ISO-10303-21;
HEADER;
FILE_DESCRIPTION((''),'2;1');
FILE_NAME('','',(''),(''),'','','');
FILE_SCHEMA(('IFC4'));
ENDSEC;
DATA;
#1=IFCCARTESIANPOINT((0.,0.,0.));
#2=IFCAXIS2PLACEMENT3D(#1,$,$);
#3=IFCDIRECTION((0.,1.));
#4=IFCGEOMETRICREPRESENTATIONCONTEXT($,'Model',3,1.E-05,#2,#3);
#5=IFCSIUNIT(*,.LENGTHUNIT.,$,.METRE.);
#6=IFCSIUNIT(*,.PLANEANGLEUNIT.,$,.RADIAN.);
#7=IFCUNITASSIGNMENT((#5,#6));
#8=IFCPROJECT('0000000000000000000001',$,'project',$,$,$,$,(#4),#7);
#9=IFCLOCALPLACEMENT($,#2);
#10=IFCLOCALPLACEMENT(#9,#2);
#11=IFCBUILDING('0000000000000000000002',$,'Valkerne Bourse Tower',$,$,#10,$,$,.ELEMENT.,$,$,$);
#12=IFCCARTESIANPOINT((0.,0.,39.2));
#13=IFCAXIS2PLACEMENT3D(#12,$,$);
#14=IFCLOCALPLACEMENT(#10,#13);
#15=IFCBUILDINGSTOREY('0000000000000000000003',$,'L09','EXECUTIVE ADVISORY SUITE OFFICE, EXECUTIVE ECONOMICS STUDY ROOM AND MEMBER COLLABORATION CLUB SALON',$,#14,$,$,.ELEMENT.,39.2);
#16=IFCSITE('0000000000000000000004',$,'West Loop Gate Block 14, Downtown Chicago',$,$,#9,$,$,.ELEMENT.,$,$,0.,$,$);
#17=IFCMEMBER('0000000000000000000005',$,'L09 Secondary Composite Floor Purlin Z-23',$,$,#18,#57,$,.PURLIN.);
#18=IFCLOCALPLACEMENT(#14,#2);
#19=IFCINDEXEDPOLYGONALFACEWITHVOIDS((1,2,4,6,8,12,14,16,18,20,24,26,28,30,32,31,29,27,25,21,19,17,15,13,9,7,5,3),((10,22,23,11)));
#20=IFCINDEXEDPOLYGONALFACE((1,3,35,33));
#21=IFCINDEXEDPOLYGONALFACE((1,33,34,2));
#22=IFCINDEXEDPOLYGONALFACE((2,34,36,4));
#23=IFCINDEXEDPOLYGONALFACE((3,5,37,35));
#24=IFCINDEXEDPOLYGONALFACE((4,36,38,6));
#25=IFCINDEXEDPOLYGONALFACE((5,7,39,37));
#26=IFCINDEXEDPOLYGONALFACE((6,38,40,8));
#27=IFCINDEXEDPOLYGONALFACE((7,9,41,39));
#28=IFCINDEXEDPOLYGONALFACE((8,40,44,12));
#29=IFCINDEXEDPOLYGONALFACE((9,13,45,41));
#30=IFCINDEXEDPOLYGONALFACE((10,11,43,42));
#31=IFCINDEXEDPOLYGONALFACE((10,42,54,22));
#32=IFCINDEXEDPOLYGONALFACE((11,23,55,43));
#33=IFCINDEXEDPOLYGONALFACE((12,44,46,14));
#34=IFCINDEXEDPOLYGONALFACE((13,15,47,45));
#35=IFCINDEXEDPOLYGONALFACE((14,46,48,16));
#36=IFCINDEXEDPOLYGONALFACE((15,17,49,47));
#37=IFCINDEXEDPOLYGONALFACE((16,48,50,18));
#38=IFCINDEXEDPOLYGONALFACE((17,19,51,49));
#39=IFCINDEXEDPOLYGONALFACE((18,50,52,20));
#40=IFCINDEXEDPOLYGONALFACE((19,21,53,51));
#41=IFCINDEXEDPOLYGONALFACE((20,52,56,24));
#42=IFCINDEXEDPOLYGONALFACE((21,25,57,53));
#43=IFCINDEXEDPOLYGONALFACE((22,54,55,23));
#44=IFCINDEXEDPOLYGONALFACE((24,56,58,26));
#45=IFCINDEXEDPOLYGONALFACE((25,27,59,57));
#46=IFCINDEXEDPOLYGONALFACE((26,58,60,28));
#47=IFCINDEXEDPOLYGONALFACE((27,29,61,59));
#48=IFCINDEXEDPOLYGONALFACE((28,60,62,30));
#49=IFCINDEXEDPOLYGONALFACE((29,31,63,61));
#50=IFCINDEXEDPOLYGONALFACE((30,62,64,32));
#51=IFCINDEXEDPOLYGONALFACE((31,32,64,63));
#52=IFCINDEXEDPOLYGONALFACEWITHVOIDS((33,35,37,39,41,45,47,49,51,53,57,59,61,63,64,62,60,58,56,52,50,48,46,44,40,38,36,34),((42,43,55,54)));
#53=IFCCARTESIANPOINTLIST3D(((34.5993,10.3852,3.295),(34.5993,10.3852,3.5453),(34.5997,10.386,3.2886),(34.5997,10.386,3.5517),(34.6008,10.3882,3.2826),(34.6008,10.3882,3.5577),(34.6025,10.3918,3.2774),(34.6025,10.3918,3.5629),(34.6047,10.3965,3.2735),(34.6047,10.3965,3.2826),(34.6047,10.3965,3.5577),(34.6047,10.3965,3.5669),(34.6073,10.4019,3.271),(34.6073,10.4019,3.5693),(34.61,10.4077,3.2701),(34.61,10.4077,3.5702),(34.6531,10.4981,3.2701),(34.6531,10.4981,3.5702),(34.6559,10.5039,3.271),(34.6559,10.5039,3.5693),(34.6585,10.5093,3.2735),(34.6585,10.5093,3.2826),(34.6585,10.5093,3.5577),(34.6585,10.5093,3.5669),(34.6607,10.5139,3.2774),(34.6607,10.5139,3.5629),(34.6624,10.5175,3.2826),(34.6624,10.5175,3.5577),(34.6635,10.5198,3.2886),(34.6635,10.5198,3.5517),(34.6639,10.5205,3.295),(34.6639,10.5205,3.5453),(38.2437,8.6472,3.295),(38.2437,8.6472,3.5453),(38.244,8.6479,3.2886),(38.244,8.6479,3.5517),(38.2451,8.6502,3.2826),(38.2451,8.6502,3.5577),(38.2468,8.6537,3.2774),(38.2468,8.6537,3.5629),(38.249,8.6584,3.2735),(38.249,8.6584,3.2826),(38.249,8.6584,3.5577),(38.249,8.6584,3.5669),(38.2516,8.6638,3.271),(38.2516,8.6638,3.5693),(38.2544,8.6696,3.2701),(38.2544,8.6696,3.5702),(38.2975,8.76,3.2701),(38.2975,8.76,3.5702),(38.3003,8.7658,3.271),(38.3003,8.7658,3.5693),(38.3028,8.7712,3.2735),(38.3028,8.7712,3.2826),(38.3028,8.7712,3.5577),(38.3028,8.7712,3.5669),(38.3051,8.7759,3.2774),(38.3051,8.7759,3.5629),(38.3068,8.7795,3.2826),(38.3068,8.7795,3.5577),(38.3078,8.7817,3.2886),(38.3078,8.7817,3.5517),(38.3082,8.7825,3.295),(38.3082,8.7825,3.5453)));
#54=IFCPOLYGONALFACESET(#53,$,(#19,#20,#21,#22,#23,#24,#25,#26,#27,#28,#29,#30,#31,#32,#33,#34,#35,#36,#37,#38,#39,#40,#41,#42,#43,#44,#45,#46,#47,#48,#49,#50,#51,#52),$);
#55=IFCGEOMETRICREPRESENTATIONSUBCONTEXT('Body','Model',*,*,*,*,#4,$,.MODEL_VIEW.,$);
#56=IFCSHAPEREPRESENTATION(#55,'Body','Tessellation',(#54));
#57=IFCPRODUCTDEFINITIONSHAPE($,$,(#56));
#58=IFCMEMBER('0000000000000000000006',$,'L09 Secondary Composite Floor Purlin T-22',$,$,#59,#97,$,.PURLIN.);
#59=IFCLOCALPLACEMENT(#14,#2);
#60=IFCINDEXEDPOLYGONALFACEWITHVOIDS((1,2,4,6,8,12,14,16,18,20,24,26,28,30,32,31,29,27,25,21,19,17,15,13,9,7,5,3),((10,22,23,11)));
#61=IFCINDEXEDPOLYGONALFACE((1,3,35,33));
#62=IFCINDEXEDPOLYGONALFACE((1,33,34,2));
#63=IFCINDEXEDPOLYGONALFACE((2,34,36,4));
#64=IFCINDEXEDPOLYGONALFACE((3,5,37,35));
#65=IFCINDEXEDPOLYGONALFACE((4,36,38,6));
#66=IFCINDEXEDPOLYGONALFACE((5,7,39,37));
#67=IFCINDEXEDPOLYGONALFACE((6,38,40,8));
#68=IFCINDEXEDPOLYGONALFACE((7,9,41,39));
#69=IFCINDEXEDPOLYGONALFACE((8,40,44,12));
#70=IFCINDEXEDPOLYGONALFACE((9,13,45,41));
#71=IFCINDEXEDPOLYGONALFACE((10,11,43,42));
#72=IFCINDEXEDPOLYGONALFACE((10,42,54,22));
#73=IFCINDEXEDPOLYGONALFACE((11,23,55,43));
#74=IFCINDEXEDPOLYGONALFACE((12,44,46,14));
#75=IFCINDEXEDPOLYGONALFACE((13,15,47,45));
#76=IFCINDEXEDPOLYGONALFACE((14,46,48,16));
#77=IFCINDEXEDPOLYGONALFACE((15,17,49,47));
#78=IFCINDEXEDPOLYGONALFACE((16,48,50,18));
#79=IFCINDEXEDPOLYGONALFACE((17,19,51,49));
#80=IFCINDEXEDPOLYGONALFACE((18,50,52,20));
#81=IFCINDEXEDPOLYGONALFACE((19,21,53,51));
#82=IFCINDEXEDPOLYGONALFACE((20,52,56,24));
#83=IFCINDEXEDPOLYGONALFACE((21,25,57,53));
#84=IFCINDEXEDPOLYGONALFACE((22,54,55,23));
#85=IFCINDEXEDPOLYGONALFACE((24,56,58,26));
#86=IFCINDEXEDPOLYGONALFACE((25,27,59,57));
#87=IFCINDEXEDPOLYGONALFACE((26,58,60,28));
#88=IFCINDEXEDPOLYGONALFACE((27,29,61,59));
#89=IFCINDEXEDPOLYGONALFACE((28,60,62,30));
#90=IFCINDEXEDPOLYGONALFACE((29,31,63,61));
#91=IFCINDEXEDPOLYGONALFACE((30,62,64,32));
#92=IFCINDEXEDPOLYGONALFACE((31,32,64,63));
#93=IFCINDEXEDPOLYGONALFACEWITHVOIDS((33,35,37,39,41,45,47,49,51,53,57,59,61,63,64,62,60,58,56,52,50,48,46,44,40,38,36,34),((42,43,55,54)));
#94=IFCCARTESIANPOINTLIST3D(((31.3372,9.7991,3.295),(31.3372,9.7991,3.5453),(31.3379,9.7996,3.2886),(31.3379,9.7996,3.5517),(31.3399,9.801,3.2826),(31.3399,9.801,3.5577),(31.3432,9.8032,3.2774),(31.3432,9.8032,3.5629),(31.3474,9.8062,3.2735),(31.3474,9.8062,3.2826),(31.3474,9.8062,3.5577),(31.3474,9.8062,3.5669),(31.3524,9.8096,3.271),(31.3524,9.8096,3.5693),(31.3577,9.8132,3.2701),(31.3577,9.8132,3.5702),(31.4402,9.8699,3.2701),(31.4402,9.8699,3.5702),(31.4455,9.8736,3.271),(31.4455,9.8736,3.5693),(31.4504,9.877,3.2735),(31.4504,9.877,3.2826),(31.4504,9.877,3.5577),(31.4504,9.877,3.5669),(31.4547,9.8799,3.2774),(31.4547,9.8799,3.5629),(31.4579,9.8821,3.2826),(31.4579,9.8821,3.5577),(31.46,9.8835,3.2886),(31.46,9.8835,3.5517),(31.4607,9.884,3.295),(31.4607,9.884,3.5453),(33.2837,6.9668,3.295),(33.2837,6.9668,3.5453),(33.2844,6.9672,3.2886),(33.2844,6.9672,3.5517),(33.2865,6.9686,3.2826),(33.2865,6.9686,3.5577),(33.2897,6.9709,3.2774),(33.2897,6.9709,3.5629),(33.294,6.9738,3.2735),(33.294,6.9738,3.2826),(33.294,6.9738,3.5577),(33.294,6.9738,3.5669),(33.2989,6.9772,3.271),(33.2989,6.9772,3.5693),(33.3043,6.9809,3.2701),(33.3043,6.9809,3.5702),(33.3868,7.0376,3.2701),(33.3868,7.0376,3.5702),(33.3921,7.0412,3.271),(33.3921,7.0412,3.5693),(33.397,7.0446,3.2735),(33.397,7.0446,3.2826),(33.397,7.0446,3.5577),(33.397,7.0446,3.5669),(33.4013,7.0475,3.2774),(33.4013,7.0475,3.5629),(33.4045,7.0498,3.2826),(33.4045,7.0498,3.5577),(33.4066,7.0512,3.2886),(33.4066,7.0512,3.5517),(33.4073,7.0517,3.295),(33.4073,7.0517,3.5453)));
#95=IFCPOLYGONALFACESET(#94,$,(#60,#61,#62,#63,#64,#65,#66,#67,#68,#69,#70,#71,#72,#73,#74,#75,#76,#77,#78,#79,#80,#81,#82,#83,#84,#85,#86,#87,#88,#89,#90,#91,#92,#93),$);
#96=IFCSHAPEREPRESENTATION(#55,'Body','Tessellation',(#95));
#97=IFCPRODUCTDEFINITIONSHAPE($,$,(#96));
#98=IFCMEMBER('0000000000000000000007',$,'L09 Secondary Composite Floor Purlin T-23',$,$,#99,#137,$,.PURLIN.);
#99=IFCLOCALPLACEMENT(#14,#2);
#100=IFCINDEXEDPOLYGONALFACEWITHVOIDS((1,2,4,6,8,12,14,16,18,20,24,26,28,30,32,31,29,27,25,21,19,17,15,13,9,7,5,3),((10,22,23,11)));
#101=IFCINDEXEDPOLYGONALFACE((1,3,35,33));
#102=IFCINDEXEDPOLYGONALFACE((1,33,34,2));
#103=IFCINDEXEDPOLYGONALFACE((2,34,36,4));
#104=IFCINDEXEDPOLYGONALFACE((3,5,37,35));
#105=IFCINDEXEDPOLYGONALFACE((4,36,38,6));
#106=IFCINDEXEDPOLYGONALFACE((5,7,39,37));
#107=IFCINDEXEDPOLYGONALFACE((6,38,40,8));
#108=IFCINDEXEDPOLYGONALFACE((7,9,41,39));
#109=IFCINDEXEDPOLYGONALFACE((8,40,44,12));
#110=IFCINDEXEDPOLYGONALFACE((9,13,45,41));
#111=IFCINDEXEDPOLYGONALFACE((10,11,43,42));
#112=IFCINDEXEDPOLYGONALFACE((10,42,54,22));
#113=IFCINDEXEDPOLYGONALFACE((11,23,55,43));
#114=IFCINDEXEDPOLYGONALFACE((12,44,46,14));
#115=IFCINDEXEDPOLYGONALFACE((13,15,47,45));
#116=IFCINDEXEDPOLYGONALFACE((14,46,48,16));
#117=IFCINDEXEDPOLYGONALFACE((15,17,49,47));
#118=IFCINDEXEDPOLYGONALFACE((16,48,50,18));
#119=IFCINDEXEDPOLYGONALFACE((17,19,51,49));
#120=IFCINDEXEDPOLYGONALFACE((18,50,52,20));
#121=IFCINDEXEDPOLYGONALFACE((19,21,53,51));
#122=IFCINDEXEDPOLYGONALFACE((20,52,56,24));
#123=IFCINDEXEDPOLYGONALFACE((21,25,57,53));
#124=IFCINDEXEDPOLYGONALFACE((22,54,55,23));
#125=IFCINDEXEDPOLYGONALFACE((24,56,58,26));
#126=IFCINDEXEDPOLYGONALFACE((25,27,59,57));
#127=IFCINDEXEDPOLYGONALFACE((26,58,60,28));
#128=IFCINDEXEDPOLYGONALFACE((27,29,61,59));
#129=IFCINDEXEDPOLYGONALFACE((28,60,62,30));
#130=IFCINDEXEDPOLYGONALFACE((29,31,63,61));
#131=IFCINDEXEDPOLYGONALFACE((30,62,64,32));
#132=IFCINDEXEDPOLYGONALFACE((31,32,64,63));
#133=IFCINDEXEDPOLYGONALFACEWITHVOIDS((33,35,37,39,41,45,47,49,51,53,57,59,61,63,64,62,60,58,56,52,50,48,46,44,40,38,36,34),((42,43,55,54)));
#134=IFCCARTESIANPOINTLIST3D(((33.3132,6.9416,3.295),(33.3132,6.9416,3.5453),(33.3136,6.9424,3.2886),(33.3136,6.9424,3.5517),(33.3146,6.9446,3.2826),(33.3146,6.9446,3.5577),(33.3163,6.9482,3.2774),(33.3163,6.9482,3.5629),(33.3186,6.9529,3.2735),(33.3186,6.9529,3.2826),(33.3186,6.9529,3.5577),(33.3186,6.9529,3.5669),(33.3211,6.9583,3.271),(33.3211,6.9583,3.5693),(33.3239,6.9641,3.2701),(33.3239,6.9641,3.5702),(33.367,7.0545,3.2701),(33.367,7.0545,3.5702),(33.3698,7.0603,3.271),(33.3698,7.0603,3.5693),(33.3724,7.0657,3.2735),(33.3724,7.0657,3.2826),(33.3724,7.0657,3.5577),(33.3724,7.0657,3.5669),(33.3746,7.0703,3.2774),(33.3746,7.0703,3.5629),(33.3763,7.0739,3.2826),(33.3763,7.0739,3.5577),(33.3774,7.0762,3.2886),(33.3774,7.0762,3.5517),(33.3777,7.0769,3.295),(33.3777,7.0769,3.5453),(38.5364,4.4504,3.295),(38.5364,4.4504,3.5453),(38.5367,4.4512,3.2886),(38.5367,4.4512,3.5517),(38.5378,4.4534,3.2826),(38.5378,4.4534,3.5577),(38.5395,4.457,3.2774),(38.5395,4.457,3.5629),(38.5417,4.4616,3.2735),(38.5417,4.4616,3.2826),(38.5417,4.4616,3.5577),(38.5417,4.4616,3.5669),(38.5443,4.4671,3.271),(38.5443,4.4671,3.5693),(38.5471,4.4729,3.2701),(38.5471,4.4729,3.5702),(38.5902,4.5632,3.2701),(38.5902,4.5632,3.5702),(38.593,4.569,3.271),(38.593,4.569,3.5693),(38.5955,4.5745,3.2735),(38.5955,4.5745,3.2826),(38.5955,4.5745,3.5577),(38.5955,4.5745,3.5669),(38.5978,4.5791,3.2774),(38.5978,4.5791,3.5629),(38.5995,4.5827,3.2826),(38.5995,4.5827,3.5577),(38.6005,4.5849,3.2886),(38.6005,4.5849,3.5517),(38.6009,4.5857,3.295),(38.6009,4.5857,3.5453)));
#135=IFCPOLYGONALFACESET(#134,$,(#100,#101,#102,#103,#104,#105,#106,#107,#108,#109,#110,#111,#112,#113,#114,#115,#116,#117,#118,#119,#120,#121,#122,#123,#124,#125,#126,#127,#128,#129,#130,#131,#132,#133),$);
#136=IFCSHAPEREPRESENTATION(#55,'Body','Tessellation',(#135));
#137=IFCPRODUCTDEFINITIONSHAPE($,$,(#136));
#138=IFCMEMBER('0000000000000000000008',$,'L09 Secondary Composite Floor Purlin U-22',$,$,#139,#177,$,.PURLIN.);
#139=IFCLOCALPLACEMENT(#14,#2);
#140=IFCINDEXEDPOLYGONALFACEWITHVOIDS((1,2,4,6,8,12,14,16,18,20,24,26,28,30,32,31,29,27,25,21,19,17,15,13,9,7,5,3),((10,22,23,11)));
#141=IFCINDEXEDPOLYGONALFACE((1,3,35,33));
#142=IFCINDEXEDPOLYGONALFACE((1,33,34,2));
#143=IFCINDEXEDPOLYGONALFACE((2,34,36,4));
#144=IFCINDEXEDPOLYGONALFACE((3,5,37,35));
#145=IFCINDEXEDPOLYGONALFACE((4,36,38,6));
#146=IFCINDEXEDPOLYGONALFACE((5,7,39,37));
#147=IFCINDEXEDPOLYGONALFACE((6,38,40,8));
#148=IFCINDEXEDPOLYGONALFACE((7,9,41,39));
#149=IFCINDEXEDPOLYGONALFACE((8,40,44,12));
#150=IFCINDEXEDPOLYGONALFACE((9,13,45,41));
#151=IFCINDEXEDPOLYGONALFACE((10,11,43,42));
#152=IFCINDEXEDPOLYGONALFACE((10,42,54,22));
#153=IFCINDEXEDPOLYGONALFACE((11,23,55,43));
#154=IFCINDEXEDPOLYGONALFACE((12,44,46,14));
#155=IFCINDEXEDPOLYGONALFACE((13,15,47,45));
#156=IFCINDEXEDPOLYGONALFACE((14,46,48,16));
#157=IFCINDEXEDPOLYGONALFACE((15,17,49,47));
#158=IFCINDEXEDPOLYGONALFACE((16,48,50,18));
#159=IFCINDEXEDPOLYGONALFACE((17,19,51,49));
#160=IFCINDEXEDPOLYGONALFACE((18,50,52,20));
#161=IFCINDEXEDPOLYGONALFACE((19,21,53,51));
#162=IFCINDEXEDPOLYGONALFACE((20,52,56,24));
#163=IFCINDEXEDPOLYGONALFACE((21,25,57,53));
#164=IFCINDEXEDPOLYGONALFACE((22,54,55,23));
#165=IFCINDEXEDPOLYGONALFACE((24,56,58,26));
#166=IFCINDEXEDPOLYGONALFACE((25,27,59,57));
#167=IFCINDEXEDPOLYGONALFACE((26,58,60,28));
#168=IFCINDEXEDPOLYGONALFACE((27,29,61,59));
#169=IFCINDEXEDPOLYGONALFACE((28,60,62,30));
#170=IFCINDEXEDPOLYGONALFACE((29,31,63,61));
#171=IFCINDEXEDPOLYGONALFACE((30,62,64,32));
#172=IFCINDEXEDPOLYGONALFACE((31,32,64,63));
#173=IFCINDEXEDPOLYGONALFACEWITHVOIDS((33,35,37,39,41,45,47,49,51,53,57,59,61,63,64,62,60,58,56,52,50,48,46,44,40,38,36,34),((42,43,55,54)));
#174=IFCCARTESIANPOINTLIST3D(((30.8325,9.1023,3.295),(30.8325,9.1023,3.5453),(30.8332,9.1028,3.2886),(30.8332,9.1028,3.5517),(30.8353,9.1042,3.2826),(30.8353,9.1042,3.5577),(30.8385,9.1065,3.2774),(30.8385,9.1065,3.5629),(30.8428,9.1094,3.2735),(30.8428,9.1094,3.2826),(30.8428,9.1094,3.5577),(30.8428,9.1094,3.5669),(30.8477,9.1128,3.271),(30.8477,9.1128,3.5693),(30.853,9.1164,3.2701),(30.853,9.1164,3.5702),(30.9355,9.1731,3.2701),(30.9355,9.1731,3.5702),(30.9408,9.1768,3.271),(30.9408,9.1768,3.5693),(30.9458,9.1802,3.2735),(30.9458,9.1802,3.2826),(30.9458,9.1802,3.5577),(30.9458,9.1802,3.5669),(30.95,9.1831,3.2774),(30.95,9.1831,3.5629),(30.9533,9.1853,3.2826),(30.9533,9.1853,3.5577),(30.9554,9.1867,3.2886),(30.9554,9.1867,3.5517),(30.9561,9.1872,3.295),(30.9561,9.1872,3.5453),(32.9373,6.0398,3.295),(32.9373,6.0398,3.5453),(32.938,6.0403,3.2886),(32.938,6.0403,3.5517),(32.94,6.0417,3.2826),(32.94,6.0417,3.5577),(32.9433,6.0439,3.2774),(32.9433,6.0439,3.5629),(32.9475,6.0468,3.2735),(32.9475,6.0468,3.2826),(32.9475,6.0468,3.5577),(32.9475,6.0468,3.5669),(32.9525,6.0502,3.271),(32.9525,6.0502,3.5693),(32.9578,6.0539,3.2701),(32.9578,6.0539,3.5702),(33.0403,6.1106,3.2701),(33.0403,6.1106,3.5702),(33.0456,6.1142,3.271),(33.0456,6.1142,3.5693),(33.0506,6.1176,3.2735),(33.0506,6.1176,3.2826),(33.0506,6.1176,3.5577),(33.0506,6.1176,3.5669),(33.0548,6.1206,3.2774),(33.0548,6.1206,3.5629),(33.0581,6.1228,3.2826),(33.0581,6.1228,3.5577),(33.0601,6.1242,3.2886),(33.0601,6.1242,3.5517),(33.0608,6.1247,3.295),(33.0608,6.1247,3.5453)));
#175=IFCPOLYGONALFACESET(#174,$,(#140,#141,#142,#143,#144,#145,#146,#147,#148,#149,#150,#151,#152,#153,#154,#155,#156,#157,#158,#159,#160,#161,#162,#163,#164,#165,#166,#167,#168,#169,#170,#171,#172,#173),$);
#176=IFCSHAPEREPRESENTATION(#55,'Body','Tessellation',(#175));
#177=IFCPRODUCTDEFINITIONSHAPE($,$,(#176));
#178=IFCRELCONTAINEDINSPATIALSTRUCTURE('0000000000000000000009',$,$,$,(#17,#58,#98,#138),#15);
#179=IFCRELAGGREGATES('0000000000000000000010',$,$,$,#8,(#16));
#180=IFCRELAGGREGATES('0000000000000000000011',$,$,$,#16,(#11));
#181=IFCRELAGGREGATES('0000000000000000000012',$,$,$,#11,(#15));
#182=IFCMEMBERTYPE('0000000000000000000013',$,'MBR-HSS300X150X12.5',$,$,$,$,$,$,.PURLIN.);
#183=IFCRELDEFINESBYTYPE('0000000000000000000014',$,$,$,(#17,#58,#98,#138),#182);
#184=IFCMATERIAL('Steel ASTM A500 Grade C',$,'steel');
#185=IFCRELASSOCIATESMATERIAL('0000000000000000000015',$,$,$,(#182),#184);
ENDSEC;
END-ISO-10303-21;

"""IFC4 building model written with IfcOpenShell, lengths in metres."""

from ifc_helpers import new_model, si_unit, direction, frame, origin, origin_2d, place, context, subcontext, project, spatial, hollow_rectangle, extrude, material, material_profile, profile_set, type_object, element, save


model = new_model("IFC4")

# Units and contexts
model_context = context("Model", 3, precision=1e-05, world=origin(), true_north=direction((0.0, 1.0)))
body_context = subcontext(model_context, "Body", "Model", "MODEL_VIEW")
ifc_project = project(units=[si_unit("LENGTHUNIT", "METRE"), si_unit("PLANEANGLEUNIT", "RADIAN")], contexts=[model_context])

# Site, building, storey
site_placement = place(None, origin())
site = spatial("IfcSite", under=ifc_project, at=site_placement, Name="West Loop Gate Block 14, Downtown Chicago", CompositionType="ELEMENT", RefElevation=0.0)
building_placement = place(site_placement, origin())
building = spatial("IfcBuilding", under=site, at=building_placement, Name="Valkerne Bourse Tower", CompositionType="ELEMENT")
storey_placement = place(building_placement, frame((0.0, 0.0, 39.2)))
storey = spatial("IfcBuildingStorey", under=building, at=storey_placement, Name="L09", Description="EXECUTIVE ADVISORY SUITE OFFICE, EXECUTIVE ECONOMICS STUDY ROOM AND MEMBER COLLABORATION CLUB SALON", CompositionType="ELEMENT", Elevation=39.2)

# Members
ifc_material_1 = material(Name="Steel ASTM A500 Grade C", Category="steel")
ifc_material_profile_1 = material_profile(ifc_material_1, hollow_rectangle(XDim=0.1499, YDim=0.3, WallThickness=0.0125, OuterFilletRadius=0.0249, at=origin_2d()), Name="HSS300X150X12.5")
ifc_profile_set_1 = profile_set([ifc_material_profile_1], Name="Steel ASTM A500 Grade C")
member_type_1 = type_object("IfcMemberType", Name="MBR-HSS300X150X12.5", PredefinedType="PURLIN", material=ifc_profile_set_1)
member_1_placement = place(storey_placement, frame((34.6316, 10.4529, 3.4202), z_axis=(0.902604, -0.430471, 0.0), x_axis=(0.430471, 0.902604, 0.0)))
element("IfcMember", 1, at=member_1_placement, inside=storey, type_object=member_type_1, Name="L09 Secondary Composite Floor Purlin Z-23", PredefinedType="PURLIN", context=body_context, shape_type="SweptSolid", body=[
    extrude(hollow_rectangle(XDim=0.1499, YDim=0.3, WallThickness=0.0125, OuterFilletRadius=0.0249, at=origin_2d()), origin(), (0.0, 0.0, 1.0), 4.0376),
])
member_2_placement = place(storey_placement, frame((31.3989, 9.8416, 3.4202), z_axis=(0.566399, -0.824131, 0.0), x_axis=(0.824131, 0.566399, 0.0)))
element("IfcMember", 2, at=member_2_placement, inside=storey, type_object=member_type_1, Name="L09 Secondary Composite Floor Purlin T-22", PredefinedType="PURLIN", context=body_context, shape_type="SweptSolid", body=[
    extrude(hollow_rectangle(XDim=0.1499, YDim=0.3, WallThickness=0.0125, OuterFilletRadius=0.0249, at=origin_2d()), origin(), (0.0, 0.0, 1.0), 3.4368),
])
member_3_placement = place(storey_placement, frame((33.3455, 7.0093, 3.4202), z_axis=(0.902592, -0.430497, 0.0), x_axis=(0.430497, 0.902592, 0.0)))
element("IfcMember", 3, at=member_3_placement, inside=storey, type_object=member_type_1, Name="L09 Secondary Composite Floor Purlin T-23", PredefinedType="PURLIN", context=body_context, shape_type="SweptSolid", body=[
    extrude(hollow_rectangle(XDim=0.1499, YDim=0.3, WallThickness=0.0125, OuterFilletRadius=0.0249, at=origin_2d()), origin(), (0.0, 0.0, 1.0), 5.7869),
])
member_4_placement = place(storey_placement, frame((30.8943, 9.1448, 3.4202), z_axis=(0.566395, -0.824134, 0.0), x_axis=(0.824134, 0.566395, 0.0)))
element("IfcMember", 4, at=member_4_placement, inside=storey, type_object=member_type_1, Name="L09 Secondary Composite Floor Purlin U-22", PredefinedType="PURLIN", context=body_context, shape_type="SweptSolid", body=[
    extrude(hollow_rectangle(XDim=0.1499, YDim=0.3, WallThickness=0.0125, OuterFilletRadius=0.0249, at=origin_2d()), origin(), (0.0, 0.0, 1.0), 3.7161),
])

save(model, "model.ifc")
